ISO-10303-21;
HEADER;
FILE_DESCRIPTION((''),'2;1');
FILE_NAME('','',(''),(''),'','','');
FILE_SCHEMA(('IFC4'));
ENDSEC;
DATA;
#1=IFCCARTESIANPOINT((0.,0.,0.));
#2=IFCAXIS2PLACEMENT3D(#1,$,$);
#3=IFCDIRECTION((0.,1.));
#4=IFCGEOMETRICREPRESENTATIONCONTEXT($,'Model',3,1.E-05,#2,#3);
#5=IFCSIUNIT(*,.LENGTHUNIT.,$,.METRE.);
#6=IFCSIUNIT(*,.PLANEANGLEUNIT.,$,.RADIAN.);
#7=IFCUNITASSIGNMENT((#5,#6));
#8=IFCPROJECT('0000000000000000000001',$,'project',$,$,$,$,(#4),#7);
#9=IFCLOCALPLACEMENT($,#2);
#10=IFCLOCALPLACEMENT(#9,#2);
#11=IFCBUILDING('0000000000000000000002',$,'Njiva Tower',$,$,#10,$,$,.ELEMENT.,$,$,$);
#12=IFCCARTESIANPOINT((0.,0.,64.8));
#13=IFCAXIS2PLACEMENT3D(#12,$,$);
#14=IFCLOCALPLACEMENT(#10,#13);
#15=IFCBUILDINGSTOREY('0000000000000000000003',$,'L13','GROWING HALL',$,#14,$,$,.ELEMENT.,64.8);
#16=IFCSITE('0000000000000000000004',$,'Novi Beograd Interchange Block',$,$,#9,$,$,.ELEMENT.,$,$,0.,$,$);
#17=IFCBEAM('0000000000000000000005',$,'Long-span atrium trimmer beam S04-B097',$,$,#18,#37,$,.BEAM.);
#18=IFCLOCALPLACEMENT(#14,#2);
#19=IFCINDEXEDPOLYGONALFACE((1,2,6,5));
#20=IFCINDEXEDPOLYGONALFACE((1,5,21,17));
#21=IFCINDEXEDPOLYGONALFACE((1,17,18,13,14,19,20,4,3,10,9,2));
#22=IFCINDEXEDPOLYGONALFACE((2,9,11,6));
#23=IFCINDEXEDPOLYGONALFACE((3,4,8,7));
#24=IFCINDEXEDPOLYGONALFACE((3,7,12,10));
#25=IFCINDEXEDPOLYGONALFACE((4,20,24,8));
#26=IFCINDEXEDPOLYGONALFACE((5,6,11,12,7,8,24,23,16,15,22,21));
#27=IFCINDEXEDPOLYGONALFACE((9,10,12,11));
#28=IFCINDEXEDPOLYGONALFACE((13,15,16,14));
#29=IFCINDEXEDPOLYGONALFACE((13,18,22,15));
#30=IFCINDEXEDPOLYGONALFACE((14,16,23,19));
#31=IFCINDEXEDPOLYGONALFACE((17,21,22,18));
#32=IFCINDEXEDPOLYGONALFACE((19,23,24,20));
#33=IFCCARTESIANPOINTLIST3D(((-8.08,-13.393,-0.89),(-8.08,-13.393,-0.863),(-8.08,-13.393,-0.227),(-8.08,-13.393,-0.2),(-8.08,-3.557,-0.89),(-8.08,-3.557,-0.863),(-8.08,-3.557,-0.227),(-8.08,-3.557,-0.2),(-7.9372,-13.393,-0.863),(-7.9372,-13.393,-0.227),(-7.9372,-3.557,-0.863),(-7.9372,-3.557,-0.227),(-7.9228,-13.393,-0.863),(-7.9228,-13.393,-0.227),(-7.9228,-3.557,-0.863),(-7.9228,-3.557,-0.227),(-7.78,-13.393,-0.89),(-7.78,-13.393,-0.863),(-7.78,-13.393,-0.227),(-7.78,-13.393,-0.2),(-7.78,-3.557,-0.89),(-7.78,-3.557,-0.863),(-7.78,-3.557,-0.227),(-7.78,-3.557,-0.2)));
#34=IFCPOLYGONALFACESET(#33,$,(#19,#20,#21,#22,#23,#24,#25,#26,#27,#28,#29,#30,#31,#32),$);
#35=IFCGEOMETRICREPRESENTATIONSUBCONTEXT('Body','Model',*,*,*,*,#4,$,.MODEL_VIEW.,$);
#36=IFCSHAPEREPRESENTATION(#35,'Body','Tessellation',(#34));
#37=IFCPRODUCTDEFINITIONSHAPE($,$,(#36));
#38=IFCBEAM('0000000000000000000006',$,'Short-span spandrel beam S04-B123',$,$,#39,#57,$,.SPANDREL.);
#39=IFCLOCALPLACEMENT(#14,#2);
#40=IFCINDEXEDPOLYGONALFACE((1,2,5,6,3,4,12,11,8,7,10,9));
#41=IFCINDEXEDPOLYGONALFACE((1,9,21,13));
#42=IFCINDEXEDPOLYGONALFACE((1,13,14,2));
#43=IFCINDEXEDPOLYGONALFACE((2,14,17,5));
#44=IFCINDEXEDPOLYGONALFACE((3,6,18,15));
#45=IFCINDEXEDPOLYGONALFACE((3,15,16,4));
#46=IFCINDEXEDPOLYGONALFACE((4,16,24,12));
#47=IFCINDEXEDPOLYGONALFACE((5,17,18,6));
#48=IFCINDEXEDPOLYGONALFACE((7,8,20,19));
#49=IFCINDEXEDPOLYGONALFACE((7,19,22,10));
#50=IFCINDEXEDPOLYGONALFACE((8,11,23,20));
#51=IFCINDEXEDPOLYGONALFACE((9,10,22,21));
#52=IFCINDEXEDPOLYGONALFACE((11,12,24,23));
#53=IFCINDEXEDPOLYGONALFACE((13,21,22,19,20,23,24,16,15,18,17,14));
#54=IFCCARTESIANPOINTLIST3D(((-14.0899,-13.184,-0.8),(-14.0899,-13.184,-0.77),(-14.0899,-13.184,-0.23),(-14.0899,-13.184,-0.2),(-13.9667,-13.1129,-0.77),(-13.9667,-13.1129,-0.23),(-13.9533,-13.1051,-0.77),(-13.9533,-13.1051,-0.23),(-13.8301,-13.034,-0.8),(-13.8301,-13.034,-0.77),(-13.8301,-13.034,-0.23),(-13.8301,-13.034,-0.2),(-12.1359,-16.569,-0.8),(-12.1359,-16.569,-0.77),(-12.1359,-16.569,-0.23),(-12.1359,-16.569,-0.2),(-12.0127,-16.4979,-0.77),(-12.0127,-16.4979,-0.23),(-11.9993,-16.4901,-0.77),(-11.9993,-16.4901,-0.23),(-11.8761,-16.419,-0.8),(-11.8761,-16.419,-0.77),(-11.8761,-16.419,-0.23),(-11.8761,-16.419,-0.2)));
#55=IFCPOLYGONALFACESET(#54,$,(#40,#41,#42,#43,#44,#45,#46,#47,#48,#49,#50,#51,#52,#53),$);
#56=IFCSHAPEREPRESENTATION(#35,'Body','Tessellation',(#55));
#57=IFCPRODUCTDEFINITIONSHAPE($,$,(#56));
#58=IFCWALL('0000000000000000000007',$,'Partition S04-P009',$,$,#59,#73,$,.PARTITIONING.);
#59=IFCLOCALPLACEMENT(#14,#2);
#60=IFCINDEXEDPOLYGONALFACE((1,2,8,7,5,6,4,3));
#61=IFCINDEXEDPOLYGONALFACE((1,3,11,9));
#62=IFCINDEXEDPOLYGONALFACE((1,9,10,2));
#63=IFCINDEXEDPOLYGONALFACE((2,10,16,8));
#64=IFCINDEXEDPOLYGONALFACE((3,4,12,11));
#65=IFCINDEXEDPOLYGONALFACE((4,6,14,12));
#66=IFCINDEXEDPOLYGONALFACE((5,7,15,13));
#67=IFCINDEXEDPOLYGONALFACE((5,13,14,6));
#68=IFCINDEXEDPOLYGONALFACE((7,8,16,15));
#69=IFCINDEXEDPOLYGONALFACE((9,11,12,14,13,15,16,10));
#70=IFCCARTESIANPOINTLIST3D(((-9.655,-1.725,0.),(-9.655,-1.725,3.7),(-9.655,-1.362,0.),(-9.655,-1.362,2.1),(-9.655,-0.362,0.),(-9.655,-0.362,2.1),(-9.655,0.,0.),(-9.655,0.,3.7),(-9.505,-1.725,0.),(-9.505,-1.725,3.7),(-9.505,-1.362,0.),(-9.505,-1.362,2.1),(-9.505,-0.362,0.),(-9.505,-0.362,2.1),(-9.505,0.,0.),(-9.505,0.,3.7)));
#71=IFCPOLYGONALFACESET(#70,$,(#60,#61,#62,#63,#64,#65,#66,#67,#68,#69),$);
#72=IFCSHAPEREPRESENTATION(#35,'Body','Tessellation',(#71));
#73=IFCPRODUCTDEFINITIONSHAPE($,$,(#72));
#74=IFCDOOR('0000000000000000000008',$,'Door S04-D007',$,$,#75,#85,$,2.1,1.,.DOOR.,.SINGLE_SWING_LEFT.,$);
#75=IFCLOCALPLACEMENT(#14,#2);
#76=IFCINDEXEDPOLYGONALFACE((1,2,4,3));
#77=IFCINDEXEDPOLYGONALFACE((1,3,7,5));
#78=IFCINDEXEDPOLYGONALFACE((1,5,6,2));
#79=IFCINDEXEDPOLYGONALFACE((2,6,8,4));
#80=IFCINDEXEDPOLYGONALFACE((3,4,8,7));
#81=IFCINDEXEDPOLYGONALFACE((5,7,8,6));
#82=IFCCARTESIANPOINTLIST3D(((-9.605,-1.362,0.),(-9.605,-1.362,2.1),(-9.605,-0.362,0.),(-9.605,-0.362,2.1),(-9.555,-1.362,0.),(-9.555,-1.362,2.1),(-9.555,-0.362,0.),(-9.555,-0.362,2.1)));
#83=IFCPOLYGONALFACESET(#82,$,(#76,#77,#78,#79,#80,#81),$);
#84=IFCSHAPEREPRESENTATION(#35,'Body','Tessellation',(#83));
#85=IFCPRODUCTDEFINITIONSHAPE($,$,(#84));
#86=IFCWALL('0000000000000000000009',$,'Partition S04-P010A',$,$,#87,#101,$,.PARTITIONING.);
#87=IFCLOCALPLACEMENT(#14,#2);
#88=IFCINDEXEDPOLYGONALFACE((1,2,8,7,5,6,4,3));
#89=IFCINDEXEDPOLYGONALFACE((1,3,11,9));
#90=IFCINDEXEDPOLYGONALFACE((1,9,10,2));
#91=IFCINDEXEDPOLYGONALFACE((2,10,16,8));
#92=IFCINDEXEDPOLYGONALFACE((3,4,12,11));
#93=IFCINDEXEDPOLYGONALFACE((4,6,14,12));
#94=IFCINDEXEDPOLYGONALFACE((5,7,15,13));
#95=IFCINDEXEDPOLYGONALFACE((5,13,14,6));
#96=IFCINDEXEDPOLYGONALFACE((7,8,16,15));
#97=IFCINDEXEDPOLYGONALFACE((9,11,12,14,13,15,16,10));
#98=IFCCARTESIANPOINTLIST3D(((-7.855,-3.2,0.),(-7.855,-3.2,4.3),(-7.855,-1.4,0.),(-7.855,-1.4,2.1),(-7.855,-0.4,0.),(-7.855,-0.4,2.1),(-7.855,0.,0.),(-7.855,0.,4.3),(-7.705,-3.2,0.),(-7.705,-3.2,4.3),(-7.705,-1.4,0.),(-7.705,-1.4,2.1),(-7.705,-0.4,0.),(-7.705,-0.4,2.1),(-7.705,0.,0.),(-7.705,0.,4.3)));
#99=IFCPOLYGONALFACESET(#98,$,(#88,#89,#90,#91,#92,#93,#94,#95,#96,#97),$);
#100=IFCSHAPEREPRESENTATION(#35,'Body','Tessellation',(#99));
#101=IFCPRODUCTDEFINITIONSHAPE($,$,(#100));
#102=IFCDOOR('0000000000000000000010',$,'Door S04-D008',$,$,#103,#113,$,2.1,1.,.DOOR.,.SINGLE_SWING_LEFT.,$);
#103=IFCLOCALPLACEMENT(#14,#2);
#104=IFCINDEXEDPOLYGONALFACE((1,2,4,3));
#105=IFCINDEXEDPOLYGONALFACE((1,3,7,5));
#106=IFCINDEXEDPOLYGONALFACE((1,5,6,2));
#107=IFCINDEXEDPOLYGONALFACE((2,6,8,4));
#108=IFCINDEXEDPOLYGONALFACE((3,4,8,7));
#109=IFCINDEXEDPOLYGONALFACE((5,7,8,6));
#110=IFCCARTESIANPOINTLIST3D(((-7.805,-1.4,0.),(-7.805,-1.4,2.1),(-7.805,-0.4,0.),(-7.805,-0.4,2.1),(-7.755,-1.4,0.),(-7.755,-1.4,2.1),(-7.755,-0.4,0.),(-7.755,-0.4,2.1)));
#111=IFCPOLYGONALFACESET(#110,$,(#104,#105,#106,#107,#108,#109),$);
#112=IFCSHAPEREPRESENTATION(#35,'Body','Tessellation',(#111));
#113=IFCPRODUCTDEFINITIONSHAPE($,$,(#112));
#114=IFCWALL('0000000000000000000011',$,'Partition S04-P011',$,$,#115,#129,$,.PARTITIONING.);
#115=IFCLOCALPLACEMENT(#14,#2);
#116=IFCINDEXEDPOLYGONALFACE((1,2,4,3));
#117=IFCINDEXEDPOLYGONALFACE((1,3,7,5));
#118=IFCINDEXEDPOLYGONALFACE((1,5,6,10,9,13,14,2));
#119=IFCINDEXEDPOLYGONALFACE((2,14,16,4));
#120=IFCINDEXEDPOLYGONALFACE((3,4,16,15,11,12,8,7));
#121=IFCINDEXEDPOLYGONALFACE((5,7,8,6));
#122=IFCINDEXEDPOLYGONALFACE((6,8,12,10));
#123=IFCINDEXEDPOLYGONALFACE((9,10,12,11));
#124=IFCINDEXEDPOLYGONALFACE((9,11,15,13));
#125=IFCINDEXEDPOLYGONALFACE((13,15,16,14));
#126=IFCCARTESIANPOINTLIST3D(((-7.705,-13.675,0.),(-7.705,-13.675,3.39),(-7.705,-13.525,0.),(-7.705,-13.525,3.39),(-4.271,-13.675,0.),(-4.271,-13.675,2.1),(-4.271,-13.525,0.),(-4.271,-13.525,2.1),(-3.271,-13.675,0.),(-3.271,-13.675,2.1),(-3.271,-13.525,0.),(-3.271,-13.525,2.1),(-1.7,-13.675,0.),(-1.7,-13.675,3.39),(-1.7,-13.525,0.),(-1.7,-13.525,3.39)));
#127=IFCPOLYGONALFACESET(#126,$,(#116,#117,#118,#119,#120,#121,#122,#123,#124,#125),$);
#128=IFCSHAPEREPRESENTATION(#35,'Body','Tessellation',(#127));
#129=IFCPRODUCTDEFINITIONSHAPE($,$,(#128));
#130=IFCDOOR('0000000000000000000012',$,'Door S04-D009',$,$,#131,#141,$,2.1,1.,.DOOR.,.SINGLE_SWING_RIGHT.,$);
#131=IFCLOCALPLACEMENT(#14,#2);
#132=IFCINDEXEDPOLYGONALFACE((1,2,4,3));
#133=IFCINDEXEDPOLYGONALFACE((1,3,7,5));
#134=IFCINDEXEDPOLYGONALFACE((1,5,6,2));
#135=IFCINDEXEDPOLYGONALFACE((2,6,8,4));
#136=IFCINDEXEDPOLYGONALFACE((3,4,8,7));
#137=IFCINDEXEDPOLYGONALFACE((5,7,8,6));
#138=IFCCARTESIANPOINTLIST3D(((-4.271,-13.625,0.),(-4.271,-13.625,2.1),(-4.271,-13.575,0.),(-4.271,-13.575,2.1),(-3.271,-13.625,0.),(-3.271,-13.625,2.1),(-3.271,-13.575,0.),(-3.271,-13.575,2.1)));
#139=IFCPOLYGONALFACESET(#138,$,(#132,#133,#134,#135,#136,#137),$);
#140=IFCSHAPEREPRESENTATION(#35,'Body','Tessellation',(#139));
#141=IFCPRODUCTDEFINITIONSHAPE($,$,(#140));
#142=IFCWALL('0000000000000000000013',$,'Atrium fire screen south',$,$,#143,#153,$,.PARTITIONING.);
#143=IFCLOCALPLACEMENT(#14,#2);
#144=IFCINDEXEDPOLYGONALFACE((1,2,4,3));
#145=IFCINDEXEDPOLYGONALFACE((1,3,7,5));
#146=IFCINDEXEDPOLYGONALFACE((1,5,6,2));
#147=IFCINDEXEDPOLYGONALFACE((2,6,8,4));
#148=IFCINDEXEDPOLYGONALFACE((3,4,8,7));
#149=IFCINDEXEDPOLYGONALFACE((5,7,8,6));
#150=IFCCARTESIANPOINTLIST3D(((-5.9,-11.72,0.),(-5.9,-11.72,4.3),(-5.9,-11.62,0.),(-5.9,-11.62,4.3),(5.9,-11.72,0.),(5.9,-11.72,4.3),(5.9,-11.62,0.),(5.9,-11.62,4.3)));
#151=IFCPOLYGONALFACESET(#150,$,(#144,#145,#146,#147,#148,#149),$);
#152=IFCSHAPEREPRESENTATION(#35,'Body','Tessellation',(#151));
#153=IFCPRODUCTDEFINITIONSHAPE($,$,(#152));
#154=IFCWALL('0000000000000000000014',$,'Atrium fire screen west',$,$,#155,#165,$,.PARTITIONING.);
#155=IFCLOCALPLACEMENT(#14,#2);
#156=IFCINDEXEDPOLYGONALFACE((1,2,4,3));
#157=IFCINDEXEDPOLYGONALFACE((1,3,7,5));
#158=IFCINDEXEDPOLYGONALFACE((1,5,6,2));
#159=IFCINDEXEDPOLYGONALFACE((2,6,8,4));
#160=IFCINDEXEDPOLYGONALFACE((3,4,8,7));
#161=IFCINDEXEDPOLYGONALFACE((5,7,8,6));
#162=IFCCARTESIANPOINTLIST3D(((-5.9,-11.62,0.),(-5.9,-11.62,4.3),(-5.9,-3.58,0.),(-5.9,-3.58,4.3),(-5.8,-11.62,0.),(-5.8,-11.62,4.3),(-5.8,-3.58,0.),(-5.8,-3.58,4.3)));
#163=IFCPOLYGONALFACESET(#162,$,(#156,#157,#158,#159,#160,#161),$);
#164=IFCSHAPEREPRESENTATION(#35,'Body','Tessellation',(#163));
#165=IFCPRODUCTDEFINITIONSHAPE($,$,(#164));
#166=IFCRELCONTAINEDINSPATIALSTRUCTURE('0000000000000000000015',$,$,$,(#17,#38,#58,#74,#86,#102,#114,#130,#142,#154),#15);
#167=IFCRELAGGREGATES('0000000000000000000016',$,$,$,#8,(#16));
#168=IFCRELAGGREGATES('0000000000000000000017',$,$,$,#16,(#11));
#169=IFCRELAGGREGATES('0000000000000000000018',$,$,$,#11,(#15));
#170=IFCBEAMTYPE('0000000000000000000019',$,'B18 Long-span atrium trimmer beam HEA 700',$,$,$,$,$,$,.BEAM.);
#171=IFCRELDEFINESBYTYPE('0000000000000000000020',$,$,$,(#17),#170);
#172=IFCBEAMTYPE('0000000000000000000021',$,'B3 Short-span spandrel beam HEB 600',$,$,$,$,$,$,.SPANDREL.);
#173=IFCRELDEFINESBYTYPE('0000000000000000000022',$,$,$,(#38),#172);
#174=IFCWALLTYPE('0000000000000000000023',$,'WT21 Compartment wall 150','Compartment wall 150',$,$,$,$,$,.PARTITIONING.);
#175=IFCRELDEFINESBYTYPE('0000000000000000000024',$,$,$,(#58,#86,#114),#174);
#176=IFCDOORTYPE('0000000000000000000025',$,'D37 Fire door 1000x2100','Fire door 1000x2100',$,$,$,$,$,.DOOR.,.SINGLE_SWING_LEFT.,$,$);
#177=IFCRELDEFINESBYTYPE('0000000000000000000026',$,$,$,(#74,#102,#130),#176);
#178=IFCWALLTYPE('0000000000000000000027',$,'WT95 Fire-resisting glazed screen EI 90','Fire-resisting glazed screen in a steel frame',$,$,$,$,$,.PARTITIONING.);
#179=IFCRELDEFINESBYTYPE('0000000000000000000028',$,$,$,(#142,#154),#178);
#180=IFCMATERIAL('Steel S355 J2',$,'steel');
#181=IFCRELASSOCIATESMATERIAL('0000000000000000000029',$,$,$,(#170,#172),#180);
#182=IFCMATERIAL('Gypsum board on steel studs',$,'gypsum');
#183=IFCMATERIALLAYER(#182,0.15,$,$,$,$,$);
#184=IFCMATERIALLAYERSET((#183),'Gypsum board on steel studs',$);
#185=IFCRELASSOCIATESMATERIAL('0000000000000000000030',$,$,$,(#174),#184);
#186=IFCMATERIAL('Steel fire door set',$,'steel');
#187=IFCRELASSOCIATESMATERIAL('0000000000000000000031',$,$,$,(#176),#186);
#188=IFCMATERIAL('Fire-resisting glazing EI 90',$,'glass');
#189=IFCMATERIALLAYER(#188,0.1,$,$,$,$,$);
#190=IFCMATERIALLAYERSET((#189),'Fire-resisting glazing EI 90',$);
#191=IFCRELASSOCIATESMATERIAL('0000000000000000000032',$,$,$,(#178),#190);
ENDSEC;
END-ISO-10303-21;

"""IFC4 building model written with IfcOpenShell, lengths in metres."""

from ifc_helpers import new_model, si_unit, direction, frame, frame_2d, origin, origin_2d, place, context, subcontext, project, spatial, rectangle, i_section, extrude, material, layer, layer_set, material_profile, profile_set, type_object, element, fill, save


model = new_model("IFC4")

# Units and contexts
model_context = context("Model", 3, precision=1e-05, world=origin(), true_north=direction((0.0, 1.0)))
body_context = subcontext(model_context, "Body", "Model", "MODEL_VIEW")
ifc_project = project(units=[si_unit("LENGTHUNIT", "METRE"), si_unit("PLANEANGLEUNIT", "RADIAN")], contexts=[model_context])

# Site, building, storey
site_placement = place(None, origin())
site = spatial("IfcSite", under=ifc_project, at=site_placement, Name="Novi Beograd Interchange Block", CompositionType="ELEMENT", RefElevation=0.0)
building_placement = place(site_placement, origin())
building = spatial("IfcBuilding", under=site, at=building_placement, Name="Njiva Tower", CompositionType="ELEMENT")
storey_placement = place(building_placement, frame((0.0, 0.0, 64.8)))
storey = spatial("IfcBuildingStorey", under=building, at=storey_placement, Name="L13", Description="GROWING HALL", CompositionType="ELEMENT", Elevation=64.8)

# Shared definitions
ifc_material_1 = material(Name="Steel S355 J2", Category="steel")

# Beams
ifc_material_profile_1 = material_profile(ifc_material_1, i_section(OverallWidth=0.3, OverallDepth=0.69, WebThickness=0.0145, FlangeThickness=0.027, at=origin_2d()), Name="HEA 700")
ifc_profile_set_1 = profile_set([ifc_material_profile_1], Name="Steel S355 J2")
beam_type_1 = type_object("IfcBeamType", Name="B18 Long-span atrium trimmer beam HEA 700", PredefinedType="BEAM", material=ifc_profile_set_1)
beam_1_placement = place(storey_placement, frame((-7.93, -3.557, -0.545), z_axis=(0.0, -1.0, 0.0), x_axis=(1.0, 0.0, 0.0)))
element("IfcBeam", 1, at=beam_1_placement, inside=storey, type_object=beam_type_1, Name="Long-span atrium trimmer beam S04-B097", PredefinedType="BEAM", context=body_context, shape_type="SweptSolid", body=[
    extrude(i_section(OverallWidth=0.3, OverallDepth=0.69, WebThickness=0.0145, FlangeThickness=0.027, at=origin_2d()), origin(), (0.0, 0.0, 1.0), 9.836),
])
ifc_material_profile_2 = material_profile(ifc_material_1, i_section(OverallWidth=0.3, OverallDepth=0.6, WebThickness=0.0155, FlangeThickness=0.03, at=origin_2d()), Name="HEB 600")
ifc_profile_set_2 = profile_set([ifc_material_profile_2], Name="Steel S355 J2")
beam_type_2 = type_object("IfcBeamType", Name="B3 Short-span spandrel beam HEB 600", PredefinedType="SPANDREL", material=ifc_profile_set_2)
beam_2_placement = place(storey_placement, frame((-13.96, -13.109, -0.5), z_axis=(0.499937, -0.866062, 0.0), x_axis=(0.866062, 0.499937, 0.0)))
element("IfcBeam", 2, at=beam_2_placement, inside=storey, type_object=beam_type_2, Name="Short-span spandrel beam S04-B123", PredefinedType="SPANDREL", context=body_context, shape_type="SweptSolid", body=[
    extrude(i_section(OverallWidth=0.3, OverallDepth=0.6, WebThickness=0.0155, FlangeThickness=0.03, at=origin_2d()), origin(), (0.0, 0.0, 1.0), 3.9085),
])

# Walls, openings, doors
ifc_material_2 = material(Name="Gypsum board on steel studs", Category="gypsum")
ifc_layer_1 = layer(ifc_material_2, 0.15)
ifc_layer_set_1 = layer_set([ifc_layer_1], Name="Gypsum board on steel studs")
wall_type_1 = type_object("IfcWallType", Name="WT21 Compartment wall 150", Description="Compartment wall 150", PredefinedType="PARTITIONING", material=ifc_layer_set_1)
wall_1_placement = place(storey_placement, frame((-9.58, -1.725, 0.0), z_axis=(0.0, 0.0, 1.0), x_axis=(0.0, 1.0, 0.0)))
wall_1 = element("IfcWall", 3, at=wall_1_placement, inside=storey, type_object=wall_type_1, Name="Partition S04-P009", PredefinedType="PARTITIONING", context=body_context, shape_type="SweptSolid", body=[
    extrude(rectangle(XDim=1.725, YDim=0.15, at=frame_2d((0.8625, 0.0))), origin(), (0.0, 0.0, 1.0), 3.7),
])
opening_1_placement = place(wall_1_placement, frame((0.363, 0.0, 0.0)))
opening_1 = element("IfcOpeningElement", 4, at=opening_1_placement, cuts=wall_1, PredefinedType="OPENING", context=body_context, shape_type="SweptSolid", body=[
    extrude(rectangle(XDim=1.0, YDim=2.1, at=frame_2d((0.5, 1.05))), frame((0.0, 0.085, 0.0), z_axis=(0.0, -1.0, 0.0), x_axis=(1.0, 0.0, 0.0)), (0.0, 0.0, 1.0), 0.17),
])
ifc_material_3 = material(Name="Steel fire door set", Category="steel")
door_type = type_object("IfcDoorType", Name="D37 Fire door 1000x2100", Description="Fire door 1000x2100", OperationType="SINGLE_SWING_LEFT", PredefinedType="DOOR", material=ifc_material_3)
door_1_placement = place(opening_1_placement, origin())
door_1 = element("IfcDoor", 5, at=door_1_placement, inside=storey, type_object=door_type, Name="Door S04-D007", OperationType="SINGLE_SWING_LEFT", OverallHeight=2.1, OverallWidth=1.0, PredefinedType="DOOR", context=body_context, shape_type="SweptSolid", body=[
    extrude(rectangle(XDim=1.0, YDim=2.1, at=frame_2d((0.5, 1.05))), frame((0.0, 0.025, 0.0), z_axis=(0.0, -1.0, 0.0), x_axis=(1.0, 0.0, 0.0)), (0.0, 0.0, 1.0), 0.05),
])
fill(opening_1, door_1)
wall_2_placement = place(storey_placement, frame((-7.78, -3.2, 0.0), z_axis=(0.0, 0.0, 1.0), x_axis=(0.0, 1.0, 0.0)))
wall_2 = element("IfcWall", 6, at=wall_2_placement, inside=storey, type_object=wall_type_1, Name="Partition S04-P010A", PredefinedType="PARTITIONING", context=body_context, shape_type="SweptSolid", body=[
    extrude(rectangle(XDim=3.2, YDim=0.15, at=frame_2d((1.6, 0.0))), origin(), (0.0, 0.0, 1.0), 4.3),
])
opening_2_placement = place(wall_2_placement, frame((1.8, 0.0, 0.0)))
opening_2 = element("IfcOpeningElement", 7, at=opening_2_placement, cuts=wall_2, PredefinedType="OPENING", context=body_context, shape_type="SweptSolid", body=[
    extrude(rectangle(XDim=1.0, YDim=2.1, at=frame_2d((0.5, 1.05))), frame((0.0, 0.085, 0.0), z_axis=(0.0, -1.0, 0.0), x_axis=(1.0, 0.0, 0.0)), (0.0, 0.0, 1.0), 0.17),
])
door_2_placement = place(opening_2_placement, origin())
door_2 = element("IfcDoor", 8, at=door_2_placement, inside=storey, type_object=door_type, Name="Door S04-D008", OperationType="SINGLE_SWING_LEFT", OverallHeight=2.1, OverallWidth=1.0, PredefinedType="DOOR", context=body_context, shape_type="SweptSolid", body=[
    extrude(rectangle(XDim=1.0, YDim=2.1, at=frame_2d((0.5, 1.05))), frame((0.0, 0.025, 0.0), z_axis=(0.0, -1.0, 0.0), x_axis=(1.0, 0.0, 0.0)), (0.0, 0.0, 1.0), 0.05),
])
fill(opening_2, door_2)
wall_3_placement = place(storey_placement, frame((-7.705, -13.6, 0.0), z_axis=(0.0, 0.0, 1.0), x_axis=(1.0, 0.0, 0.0)))
wall_3 = element("IfcWall", 9, at=wall_3_placement, inside=storey, type_object=wall_type_1, Name="Partition S04-P011", PredefinedType="PARTITIONING", context=body_context, shape_type="SweptSolid", body=[
    extrude(rectangle(XDim=6.005, YDim=0.15, at=frame_2d((3.0025, 0.0))), origin(), (0.0, 0.0, 1.0), 3.39),
])
opening_3_placement = place(wall_3_placement, frame((3.434, 0.0, 0.0)))
opening_3 = element("IfcOpeningElement", 10, at=opening_3_placement, cuts=wall_3, PredefinedType="OPENING", context=body_context, shape_type="SweptSolid", body=[
    extrude(rectangle(XDim=1.0, YDim=2.1, at=frame_2d((0.5, 1.05))), frame((0.0, 0.085, 0.0), z_axis=(0.0, -1.0, 0.0), x_axis=(1.0, 0.0, 0.0)), (0.0, 0.0, 1.0), 0.17),
])
door_3_placement = place(opening_3_placement, origin())
door_3 = element("IfcDoor", 11, at=door_3_placement, inside=storey, type_object=door_type, Name="Door S04-D009", OperationType="SINGLE_SWING_RIGHT", OverallHeight=2.1, OverallWidth=1.0, PredefinedType="DOOR", context=body_context, shape_type="SweptSolid", body=[
    extrude(rectangle(XDim=1.0, YDim=2.1, at=frame_2d((0.5, 1.05))), frame((0.0, 0.025, 0.0), z_axis=(0.0, -1.0, 0.0), x_axis=(1.0, 0.0, 0.0)), (0.0, 0.0, 1.0), 0.05),
])
fill(opening_3, door_3)

# Walls
ifc_material_4 = material(Name="Fire-resisting glazing EI 90", Category="glass")
ifc_layer_2 = layer(ifc_material_4, 0.1)
ifc_layer_set_2 = layer_set([ifc_layer_2], Name="Fire-resisting glazing EI 90")
wall_type_2 = type_object("IfcWallType", Name="WT95 Fire-resisting glazed screen EI 90", Description="Fire-resisting glazed screen in a steel frame", PredefinedType="PARTITIONING", material=ifc_layer_set_2)
wall_4_placement = place(storey_placement, frame((-5.9, -11.67, 0.0), z_axis=(0.0, 0.0, 1.0), x_axis=(1.0, 0.0, 0.0)))
element("IfcWall", 12, at=wall_4_placement, inside=storey, type_object=wall_type_2, Name="Atrium fire screen south", PredefinedType="PARTITIONING", context=body_context, shape_type="SweptSolid", body=[
    extrude(rectangle(XDim=11.8, YDim=0.1, at=frame_2d((5.9, 0.0))), origin(), (0.0, 0.0, 1.0), 4.3),
])
wall_5_placement = place(storey_placement, frame((-5.85, -3.58, 0.0), z_axis=(0.0, 0.0, 1.0), x_axis=(0.0, -1.0, 0.0)))
element("IfcWall", 13, at=wall_5_placement, inside=storey, type_object=wall_type_2, Name="Atrium fire screen west", PredefinedType="PARTITIONING", context=body_context, shape_type="SweptSolid", body=[
    extrude(rectangle(XDim=8.04, YDim=0.1, at=frame_2d((4.02, 0.0))), origin(), (0.0, 0.0, 1.0), 4.3),
])

save(model, "model.ifc")
